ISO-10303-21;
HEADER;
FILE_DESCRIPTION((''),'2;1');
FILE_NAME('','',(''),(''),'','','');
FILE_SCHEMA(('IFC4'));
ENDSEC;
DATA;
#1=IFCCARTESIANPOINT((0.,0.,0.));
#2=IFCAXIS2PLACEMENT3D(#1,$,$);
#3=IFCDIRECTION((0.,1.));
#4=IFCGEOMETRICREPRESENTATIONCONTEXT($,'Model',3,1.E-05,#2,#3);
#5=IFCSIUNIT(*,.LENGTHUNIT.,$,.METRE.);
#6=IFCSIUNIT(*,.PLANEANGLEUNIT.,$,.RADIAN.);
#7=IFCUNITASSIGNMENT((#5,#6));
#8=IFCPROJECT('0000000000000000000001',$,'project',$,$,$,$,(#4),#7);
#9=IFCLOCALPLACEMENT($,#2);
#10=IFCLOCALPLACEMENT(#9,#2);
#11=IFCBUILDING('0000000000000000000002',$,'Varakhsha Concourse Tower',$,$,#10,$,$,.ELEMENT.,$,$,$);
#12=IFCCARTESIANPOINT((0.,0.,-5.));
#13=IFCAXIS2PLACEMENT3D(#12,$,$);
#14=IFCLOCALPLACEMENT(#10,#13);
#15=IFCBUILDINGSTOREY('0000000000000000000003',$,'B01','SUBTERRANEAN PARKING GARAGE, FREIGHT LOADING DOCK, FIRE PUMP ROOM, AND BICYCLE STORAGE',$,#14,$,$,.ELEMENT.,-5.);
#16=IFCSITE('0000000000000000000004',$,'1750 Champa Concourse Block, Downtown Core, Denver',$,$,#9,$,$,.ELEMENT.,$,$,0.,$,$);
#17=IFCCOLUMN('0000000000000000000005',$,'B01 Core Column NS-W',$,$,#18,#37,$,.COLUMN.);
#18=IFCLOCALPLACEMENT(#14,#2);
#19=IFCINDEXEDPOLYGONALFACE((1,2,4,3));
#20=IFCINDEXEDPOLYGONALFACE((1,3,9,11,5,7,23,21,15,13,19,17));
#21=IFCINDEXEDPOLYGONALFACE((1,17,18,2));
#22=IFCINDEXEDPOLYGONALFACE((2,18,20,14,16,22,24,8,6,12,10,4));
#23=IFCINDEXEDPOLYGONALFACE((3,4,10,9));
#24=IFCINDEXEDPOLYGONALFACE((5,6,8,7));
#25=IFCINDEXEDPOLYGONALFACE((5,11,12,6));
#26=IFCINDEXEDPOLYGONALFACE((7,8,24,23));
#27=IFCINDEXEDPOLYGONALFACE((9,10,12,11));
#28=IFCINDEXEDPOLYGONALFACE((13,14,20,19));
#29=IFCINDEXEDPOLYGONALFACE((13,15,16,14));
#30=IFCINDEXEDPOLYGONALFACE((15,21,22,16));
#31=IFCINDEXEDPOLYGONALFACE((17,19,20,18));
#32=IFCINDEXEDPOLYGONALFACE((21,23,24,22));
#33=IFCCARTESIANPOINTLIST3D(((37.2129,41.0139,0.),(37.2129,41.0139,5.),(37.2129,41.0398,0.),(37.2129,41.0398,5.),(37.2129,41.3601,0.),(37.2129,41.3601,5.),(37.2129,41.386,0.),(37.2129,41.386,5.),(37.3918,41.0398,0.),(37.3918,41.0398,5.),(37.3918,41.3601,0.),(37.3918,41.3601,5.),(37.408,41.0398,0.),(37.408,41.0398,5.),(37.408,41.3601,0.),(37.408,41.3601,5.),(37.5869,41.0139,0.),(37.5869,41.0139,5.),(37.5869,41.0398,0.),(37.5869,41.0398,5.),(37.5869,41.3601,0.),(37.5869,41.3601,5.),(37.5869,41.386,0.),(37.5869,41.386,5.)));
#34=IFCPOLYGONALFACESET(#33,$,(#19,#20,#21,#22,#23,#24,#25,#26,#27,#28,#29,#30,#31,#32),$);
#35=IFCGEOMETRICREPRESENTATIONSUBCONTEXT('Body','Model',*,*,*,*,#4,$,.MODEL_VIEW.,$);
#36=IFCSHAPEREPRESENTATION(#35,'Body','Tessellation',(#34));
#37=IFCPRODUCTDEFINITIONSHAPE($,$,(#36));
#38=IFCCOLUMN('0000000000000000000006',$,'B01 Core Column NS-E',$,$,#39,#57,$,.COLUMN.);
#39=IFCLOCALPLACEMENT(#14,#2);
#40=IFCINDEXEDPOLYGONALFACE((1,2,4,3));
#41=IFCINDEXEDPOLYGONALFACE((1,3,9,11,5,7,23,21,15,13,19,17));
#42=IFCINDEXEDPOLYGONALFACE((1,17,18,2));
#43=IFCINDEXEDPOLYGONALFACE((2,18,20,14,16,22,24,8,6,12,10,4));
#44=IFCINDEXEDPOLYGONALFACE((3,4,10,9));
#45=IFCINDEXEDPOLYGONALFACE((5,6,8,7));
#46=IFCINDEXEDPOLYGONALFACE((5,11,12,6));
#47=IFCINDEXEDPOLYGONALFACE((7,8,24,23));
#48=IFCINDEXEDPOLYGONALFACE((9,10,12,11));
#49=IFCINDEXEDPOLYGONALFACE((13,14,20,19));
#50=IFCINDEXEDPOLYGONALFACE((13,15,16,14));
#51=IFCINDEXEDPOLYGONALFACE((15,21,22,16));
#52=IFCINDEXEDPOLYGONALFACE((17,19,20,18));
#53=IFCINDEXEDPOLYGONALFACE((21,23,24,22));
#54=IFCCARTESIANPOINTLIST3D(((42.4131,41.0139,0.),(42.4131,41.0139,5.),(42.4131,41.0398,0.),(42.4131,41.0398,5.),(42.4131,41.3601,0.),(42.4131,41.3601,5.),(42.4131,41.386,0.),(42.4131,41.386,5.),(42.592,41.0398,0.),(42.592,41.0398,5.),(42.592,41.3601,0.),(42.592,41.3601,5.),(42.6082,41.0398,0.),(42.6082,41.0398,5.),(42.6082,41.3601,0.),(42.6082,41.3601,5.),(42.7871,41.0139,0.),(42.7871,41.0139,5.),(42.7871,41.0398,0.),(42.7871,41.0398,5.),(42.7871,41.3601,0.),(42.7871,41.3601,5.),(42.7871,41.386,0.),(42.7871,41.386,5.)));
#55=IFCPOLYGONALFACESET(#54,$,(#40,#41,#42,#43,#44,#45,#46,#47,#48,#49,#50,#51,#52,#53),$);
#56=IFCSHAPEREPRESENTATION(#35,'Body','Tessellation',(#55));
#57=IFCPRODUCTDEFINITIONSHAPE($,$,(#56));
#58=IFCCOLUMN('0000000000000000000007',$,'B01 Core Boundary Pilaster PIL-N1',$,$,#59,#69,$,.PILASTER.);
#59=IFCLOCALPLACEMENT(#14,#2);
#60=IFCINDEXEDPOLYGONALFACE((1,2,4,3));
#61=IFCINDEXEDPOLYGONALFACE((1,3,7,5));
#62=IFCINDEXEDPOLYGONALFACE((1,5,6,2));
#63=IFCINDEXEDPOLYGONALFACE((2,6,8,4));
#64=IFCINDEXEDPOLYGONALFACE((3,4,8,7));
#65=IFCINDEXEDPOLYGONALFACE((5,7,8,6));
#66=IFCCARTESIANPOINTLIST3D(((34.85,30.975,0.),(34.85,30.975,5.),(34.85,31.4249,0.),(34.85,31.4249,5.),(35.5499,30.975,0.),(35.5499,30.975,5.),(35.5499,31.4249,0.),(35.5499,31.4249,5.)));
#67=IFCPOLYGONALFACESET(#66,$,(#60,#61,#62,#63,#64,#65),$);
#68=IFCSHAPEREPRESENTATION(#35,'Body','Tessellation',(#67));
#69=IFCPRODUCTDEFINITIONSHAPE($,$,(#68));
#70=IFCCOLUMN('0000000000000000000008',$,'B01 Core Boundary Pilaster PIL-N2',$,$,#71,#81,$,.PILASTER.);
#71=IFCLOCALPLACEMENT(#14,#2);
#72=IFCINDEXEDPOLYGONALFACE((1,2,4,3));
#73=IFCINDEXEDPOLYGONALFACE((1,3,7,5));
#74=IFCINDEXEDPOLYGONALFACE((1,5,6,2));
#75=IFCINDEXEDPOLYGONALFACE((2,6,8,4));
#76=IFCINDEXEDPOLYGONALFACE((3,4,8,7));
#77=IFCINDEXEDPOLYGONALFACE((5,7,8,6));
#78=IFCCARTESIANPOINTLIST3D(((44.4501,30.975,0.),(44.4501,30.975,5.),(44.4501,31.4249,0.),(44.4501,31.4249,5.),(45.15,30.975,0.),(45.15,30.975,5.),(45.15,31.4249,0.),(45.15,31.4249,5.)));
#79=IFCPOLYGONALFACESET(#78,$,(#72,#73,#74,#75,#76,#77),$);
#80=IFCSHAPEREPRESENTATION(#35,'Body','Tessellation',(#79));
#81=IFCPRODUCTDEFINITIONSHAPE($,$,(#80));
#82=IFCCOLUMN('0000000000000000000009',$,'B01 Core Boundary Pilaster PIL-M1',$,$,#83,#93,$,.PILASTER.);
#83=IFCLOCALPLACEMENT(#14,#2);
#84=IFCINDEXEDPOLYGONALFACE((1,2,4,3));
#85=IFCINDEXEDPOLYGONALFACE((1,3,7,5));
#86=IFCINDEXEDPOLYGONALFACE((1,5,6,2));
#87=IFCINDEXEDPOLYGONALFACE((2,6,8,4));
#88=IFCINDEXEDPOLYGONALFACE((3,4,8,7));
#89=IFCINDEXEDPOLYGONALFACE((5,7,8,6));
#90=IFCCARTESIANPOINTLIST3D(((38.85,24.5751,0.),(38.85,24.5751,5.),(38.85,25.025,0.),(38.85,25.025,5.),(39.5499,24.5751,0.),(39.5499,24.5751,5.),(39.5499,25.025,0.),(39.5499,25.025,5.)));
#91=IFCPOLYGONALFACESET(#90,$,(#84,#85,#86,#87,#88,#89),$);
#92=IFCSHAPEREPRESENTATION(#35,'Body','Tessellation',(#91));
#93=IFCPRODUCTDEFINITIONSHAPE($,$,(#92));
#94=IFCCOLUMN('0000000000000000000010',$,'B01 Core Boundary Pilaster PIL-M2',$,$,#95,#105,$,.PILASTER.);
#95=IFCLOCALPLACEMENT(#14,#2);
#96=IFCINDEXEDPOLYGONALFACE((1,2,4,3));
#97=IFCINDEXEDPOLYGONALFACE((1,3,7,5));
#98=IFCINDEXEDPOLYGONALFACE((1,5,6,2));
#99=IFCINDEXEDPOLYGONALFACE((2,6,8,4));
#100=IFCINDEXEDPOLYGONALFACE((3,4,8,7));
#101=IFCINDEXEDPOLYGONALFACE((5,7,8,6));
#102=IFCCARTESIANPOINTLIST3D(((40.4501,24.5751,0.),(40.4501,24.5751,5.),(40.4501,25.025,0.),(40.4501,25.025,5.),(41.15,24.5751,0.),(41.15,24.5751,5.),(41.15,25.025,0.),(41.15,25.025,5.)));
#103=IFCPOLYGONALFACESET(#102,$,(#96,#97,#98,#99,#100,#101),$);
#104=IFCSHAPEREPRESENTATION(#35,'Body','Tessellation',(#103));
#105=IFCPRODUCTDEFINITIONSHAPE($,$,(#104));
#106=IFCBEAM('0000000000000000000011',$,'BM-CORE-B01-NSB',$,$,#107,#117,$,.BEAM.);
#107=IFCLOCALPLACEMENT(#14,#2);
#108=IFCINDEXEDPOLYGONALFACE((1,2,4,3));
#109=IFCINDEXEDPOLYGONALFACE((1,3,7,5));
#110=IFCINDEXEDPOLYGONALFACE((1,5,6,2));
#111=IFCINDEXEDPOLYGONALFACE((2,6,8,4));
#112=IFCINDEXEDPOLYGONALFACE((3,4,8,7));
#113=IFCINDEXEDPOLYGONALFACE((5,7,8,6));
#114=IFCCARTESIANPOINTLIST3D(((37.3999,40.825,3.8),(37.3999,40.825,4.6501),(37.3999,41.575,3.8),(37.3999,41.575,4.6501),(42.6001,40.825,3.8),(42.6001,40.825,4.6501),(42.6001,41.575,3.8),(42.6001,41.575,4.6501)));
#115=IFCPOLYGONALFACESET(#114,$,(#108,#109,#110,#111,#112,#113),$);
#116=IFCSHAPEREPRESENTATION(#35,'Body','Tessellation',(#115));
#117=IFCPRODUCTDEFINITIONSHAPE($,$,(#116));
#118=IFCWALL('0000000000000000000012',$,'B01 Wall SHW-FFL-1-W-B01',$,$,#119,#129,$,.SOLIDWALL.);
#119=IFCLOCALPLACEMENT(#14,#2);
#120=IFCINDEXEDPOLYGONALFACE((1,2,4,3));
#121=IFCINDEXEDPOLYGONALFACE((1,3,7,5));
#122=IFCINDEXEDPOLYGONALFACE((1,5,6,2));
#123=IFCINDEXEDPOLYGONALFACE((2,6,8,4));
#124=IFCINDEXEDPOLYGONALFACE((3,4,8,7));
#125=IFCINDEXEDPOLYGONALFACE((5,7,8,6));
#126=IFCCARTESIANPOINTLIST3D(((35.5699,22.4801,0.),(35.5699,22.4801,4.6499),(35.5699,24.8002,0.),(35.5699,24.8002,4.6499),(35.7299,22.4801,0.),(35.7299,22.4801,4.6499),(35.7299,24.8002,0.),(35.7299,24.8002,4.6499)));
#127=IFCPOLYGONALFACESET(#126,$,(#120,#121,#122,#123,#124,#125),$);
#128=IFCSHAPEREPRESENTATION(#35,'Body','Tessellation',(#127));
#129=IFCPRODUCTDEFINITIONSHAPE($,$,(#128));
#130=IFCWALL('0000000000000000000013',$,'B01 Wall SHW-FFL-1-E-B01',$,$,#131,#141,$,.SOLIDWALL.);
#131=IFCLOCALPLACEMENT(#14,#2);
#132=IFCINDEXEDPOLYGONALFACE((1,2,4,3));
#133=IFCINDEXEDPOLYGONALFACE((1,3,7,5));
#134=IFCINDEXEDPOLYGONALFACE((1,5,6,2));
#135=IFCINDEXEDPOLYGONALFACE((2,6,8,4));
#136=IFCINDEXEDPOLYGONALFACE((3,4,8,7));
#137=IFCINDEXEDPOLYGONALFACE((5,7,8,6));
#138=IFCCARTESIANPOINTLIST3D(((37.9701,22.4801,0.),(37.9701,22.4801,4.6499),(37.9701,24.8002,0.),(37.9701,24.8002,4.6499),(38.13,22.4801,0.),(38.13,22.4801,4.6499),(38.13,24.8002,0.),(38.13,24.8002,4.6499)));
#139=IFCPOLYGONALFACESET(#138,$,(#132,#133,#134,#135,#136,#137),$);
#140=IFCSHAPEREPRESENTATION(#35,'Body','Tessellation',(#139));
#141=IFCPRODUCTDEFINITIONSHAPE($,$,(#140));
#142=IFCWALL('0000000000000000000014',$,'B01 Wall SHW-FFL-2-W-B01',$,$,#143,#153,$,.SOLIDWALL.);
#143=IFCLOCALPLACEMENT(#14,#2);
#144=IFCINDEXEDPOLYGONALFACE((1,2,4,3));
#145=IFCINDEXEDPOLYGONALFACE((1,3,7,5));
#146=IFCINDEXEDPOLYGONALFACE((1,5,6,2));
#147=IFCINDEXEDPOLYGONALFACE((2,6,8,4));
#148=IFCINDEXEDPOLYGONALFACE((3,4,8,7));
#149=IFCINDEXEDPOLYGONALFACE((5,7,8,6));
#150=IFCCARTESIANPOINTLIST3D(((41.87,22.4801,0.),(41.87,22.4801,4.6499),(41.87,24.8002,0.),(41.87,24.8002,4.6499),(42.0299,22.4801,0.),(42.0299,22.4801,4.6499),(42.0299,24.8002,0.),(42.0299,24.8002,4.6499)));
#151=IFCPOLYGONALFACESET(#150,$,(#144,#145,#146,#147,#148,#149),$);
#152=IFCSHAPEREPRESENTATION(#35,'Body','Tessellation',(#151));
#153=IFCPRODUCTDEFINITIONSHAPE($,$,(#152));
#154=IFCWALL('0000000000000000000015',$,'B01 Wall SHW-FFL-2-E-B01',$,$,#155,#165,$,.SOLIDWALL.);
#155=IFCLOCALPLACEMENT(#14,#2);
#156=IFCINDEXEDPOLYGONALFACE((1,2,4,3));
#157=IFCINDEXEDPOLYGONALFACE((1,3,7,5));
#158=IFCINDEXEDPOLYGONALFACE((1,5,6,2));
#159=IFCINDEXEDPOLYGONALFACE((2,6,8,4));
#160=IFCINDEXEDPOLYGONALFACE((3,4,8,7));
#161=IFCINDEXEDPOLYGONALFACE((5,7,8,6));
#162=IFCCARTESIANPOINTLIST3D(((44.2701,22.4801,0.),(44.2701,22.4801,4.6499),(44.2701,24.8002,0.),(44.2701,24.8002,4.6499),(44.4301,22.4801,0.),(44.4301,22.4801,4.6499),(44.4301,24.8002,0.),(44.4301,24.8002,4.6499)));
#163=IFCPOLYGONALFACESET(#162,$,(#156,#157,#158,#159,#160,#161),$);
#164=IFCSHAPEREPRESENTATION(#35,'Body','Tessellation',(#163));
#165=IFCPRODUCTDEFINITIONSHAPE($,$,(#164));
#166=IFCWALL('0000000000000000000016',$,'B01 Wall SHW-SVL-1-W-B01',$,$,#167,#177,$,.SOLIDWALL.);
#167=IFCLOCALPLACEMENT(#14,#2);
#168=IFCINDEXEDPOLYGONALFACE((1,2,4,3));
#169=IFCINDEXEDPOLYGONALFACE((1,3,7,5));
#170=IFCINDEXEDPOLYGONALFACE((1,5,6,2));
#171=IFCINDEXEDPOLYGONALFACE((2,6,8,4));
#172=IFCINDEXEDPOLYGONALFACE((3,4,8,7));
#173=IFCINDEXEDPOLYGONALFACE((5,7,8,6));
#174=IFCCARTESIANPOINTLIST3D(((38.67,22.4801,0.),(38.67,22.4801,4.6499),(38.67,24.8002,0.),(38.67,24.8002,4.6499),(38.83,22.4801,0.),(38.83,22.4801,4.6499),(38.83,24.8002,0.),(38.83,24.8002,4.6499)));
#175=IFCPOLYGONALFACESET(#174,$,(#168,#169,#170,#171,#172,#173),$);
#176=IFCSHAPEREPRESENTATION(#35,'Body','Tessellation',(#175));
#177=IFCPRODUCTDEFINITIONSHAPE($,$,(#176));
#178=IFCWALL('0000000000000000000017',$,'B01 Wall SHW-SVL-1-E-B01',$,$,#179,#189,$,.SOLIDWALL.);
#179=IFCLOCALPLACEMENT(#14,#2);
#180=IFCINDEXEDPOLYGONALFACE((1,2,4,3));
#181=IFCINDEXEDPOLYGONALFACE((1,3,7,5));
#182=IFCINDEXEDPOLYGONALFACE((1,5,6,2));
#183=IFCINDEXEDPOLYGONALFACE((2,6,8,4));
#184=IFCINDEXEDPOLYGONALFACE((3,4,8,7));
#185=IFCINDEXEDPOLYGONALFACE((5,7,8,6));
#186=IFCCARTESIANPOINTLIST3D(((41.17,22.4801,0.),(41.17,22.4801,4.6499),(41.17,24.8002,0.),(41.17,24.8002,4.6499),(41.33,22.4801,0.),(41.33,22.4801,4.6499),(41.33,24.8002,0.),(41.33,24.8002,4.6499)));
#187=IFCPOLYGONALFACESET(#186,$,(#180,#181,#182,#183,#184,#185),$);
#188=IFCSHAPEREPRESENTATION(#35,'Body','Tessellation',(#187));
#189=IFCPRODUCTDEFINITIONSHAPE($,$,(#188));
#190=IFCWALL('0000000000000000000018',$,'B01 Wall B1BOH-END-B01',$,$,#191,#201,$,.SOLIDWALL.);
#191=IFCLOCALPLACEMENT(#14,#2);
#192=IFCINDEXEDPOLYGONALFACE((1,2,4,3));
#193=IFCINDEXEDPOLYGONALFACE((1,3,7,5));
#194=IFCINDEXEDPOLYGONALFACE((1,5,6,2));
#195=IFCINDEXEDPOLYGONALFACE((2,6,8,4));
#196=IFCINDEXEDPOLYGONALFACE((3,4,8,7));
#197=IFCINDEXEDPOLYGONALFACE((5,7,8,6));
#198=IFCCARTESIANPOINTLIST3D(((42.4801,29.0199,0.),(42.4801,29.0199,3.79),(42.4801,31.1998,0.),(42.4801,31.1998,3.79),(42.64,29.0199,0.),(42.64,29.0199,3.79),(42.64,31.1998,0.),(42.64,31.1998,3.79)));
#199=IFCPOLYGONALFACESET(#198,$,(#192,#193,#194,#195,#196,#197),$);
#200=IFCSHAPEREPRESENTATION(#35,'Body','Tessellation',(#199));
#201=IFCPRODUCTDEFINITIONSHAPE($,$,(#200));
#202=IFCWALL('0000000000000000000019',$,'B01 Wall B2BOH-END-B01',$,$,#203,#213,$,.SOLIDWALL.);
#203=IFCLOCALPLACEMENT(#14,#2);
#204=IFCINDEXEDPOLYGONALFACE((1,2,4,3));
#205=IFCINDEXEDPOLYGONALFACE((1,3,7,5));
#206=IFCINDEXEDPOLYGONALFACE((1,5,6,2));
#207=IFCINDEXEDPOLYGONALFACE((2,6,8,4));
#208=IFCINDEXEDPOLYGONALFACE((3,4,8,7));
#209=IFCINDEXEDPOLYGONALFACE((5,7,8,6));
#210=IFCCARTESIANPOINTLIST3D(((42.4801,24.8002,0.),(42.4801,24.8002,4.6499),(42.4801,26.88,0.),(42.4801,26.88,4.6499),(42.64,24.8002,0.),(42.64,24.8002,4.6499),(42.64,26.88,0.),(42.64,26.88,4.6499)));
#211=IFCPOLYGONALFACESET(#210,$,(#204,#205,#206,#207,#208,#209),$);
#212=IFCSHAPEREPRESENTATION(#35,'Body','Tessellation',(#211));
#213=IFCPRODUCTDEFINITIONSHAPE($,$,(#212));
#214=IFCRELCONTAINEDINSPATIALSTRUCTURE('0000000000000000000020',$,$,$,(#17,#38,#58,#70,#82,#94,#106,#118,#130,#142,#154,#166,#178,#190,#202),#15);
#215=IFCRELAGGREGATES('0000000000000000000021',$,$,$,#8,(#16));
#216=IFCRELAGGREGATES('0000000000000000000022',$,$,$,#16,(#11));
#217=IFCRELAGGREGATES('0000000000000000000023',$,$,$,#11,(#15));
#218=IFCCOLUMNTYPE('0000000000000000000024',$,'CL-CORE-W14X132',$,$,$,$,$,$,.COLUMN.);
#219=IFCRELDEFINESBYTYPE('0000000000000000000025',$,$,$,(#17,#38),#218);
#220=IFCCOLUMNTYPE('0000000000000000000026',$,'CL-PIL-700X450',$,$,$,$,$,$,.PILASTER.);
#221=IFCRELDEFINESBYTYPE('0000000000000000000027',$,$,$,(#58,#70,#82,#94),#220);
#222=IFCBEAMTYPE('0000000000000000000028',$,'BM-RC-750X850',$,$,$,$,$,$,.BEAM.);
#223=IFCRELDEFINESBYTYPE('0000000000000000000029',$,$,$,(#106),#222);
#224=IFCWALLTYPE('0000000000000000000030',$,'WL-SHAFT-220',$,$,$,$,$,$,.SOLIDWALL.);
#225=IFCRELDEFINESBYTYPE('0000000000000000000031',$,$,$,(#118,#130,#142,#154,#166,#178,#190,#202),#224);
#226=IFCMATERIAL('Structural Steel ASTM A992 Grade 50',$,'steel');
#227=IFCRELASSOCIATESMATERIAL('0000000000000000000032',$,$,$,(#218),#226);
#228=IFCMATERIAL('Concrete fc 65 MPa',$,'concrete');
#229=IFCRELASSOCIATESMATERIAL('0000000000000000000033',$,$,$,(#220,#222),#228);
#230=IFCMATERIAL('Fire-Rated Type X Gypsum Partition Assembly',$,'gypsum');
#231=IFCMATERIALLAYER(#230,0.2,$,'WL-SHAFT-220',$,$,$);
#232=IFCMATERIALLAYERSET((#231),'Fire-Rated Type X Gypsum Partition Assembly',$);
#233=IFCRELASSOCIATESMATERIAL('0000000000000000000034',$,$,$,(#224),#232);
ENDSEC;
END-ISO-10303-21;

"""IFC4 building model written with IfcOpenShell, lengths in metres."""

from ifc_helpers import new_model, si_unit, direction, frame, frame_2d, origin, origin_2d, place, context, subcontext, project, spatial, rectangle, i_section, extrude, material, layer, layer_set, material_profile, profile_set, type_object, element, save


model = new_model("IFC4")

# Units and contexts
model_context = context("Model", 3, precision=1e-05, world=origin(), true_north=direction((0.0, 1.0)))
body_context = subcontext(model_context, "Body", "Model", "MODEL_VIEW")
ifc_project = project(units=[si_unit("LENGTHUNIT", "METRE"), si_unit("PLANEANGLEUNIT", "RADIAN")], contexts=[model_context])

# Site, building, storey
site_placement = place(None, origin())
site = spatial("IfcSite", under=ifc_project, at=site_placement, Name="1750 Champa Concourse Block, Downtown Core, Denver", CompositionType="ELEMENT", RefElevation=0.0)
building_placement = place(site_placement, origin())
building = spatial("IfcBuilding", under=site, at=building_placement, Name="Varakhsha Concourse Tower", CompositionType="ELEMENT")
storey_placement = place(building_placement, frame((0.0, 0.0, -5.0)))
storey = spatial("IfcBuildingStorey", under=building, at=storey_placement, Name="B01", Description="SUBTERRANEAN PARKING GARAGE, FREIGHT LOADING DOCK, FIRE PUMP ROOM, AND BICYCLE STORAGE", CompositionType="ELEMENT", Elevation=-5.0)

# Columns
ifc_material_1 = material(Name="Structural Steel ASTM A992 Grade 50", Category="steel")
ifc_material_profile_1 = material_profile(ifc_material_1, i_section(OverallWidth=0.374, OverallDepth=0.3721, WebThickness=0.0161, FlangeThickness=0.0259, at=origin_2d()), Name="W14X132")
ifc_profile_set_1 = profile_set([ifc_material_profile_1], Name="Structural Steel ASTM A992 Grade 50")
column_type_1 = type_object("IfcColumnType", Name="CL-CORE-W14X132", PredefinedType="COLUMN", material=ifc_profile_set_1)
for number, where, z_axis, x_axis, name in (
    (1, (37.3999, 41.2, 0.0), (0.0, 0.0, 1.0), (1.0, 0.0, 0.0), "B01 Core Column NS-W"),
    (2, (42.6001, 41.2, 0.0), (0.0, 0.0, 1.0), (1.0, 0.0, 0.0), "B01 Core Column NS-E"),
):
    element("IfcColumn", number, at=place(storey_placement, frame(where, z_axis=z_axis, x_axis=x_axis)), inside=storey, type_object=column_type_1, Name=name, PredefinedType="COLUMN", context=body_context, shape_type="SweptSolid", body=[
        extrude(i_section(OverallWidth=0.374, OverallDepth=0.3721, WebThickness=0.0161, FlangeThickness=0.0259, at=origin_2d()), origin(), (0.0, 0.0, 1.0), 5.0),
    ])
ifc_material_2 = material(Name="Concrete fc 65 MPa", Category="concrete")
ifc_material_profile_2 = material_profile(ifc_material_2, rectangle(XDim=0.7, YDim=0.45, at=origin_2d()), Name="RC 700x450")
ifc_profile_set_2 = profile_set([ifc_material_profile_2], Name="Concrete fc 65 MPa")
column_type_2 = type_object("IfcColumnType", Name="CL-PIL-700X450", PredefinedType="PILASTER", material=ifc_profile_set_2)
for number, where, z_axis, x_axis, name in (
    (3, (35.2, 31.2, 0.0), (0.0, 0.0, 1.0), (1.0, 0.0, 0.0), "B01 Core Boundary Pilaster PIL-N1"),
    (4, (44.8, 31.2, 0.0), (0.0, 0.0, 1.0), (1.0, 0.0, 0.0), "B01 Core Boundary Pilaster PIL-N2"),
    (5, (39.2, 24.8, 0.0), (0.0, 0.0, 1.0), (1.0, 0.0, 0.0), "B01 Core Boundary Pilaster PIL-M1"),
    (6, (40.8, 24.8, 0.0), (0.0, 0.0, 1.0), (1.0, 0.0, 0.0), "B01 Core Boundary Pilaster PIL-M2"),
):
    element("IfcColumn", number, at=place(storey_placement, frame(where, z_axis=z_axis, x_axis=x_axis)), inside=storey, type_object=column_type_2, Name=name, PredefinedType="PILASTER", context=body_context, shape_type="SweptSolid", body=[
        extrude(rectangle(XDim=0.7, YDim=0.45, at=origin_2d()), origin(), (0.0, 0.0, 1.0), 5.0),
    ])

# Beam
ifc_material_profile_3 = material_profile(ifc_material_2, rectangle(XDim=0.75, YDim=0.8501, at=origin_2d()), Name="RC 750x850")
ifc_profile_set_3 = profile_set([ifc_material_profile_3], Name="Concrete fc 65 MPa")
beam_type = type_object("IfcBeamType", Name="BM-RC-750X850", PredefinedType="BEAM", material=ifc_profile_set_3)
beam_placement = place(storey_placement, frame((37.3999, 41.2, 4.2251), z_axis=(1.0, 0.0, 0.0), x_axis=(0.0, 1.0, 0.0)))
element("IfcBeam", 7, at=beam_placement, inside=storey, type_object=beam_type, Name="BM-CORE-B01-NSB", PredefinedType="BEAM", context=body_context, shape_type="SweptSolid", body=[
    extrude(rectangle(XDim=0.75, YDim=0.8501, at=origin_2d()), origin(), (0.0, 0.0, 1.0), 5.2002),
])

# Shared definitions
ifc_material_3 = material(Name="Fire-Rated Type X Gypsum Partition Assembly", Category="gypsum")
ifc_layer_1 = layer(ifc_material_3, 0.2, Name="WL-SHAFT-220")
ifc_layer_set_1 = layer_set([ifc_layer_1], Name="Fire-Rated Type X Gypsum Partition Assembly")
wall_type_1 = type_object("IfcWallType", Name="WL-SHAFT-220", PredefinedType="SOLIDWALL", material=ifc_layer_set_1)

# Walls
for number, where, z_axis, x_axis, name in (
    (8, (35.6499, 22.48, 0.0), (0.0, 0.0, 1.0), (0.0, 1.0, 0.0), "B01 Wall SHW-FFL-1-W-B01"),
    (9, (38.05, 22.48, 0.0), (0.0, 0.0, 1.0), (0.0, 1.0, 0.0), "B01 Wall SHW-FFL-1-E-B01"),
    (10, (41.95, 22.48, 0.0), (0.0, 0.0, 1.0), (0.0, 1.0, 0.0), "B01 Wall SHW-FFL-2-W-B01"),
    (11, (44.3501, 22.48, 0.0), (0.0, 0.0, 1.0), (0.0, 1.0, 0.0), "B01 Wall SHW-FFL-2-E-B01"),
    (12, (38.75, 22.48, 0.0), (0.0, 0.0, 1.0), (0.0, 1.0, 0.0), "B01 Wall SHW-SVL-1-W-B01"),
    (13, (41.25, 22.48, 0.0), (0.0, 0.0, 1.0), (0.0, 1.0, 0.0), "B01 Wall SHW-SVL-1-E-B01"),
):
    element("IfcWall", number, at=place(storey_placement, frame(where, z_axis=z_axis, x_axis=x_axis)), inside=storey, type_object=wall_type_1, Name=name, PredefinedType="SOLIDWALL", context=body_context, shape_type="SweptSolid", body=[
        extrude(rectangle(XDim=2.3201, YDim=0.1599, at=frame_2d((1.1602, 0.0))), origin(), (0.0, 0.0, 1.0), 4.6499),
    ])
wall_1_placement = place(storey_placement, frame((42.5601, 29.02, 0.0), z_axis=(0.0, 0.0, 1.0), x_axis=(0.0, 1.0, 0.0)))
element("IfcWall", 14, at=wall_1_placement, inside=storey, type_object=wall_type_1, Name="B01 Wall B1BOH-END-B01", PredefinedType="SOLIDWALL", context=body_context, shape_type="SweptSolid", body=[
    extrude(rectangle(XDim=2.1799, YDim=0.1599, at=frame_2d((1.0898, 0.0))), origin(), (0.0, 0.0, 1.0), 3.79),
])
wall_2_placement = place(storey_placement, frame((42.5601, 24.8, 0.0), z_axis=(0.0, 0.0, 1.0), x_axis=(0.0, 1.0, 0.0)))
element("IfcWall", 15, at=wall_2_placement, inside=storey, type_object=wall_type_1, Name="B01 Wall B2BOH-END-B01", PredefinedType="SOLIDWALL", context=body_context, shape_type="SweptSolid", body=[
    extrude(rectangle(XDim=2.0798, YDim=0.1599, at=frame_2d((1.04, 0.0))), origin(), (0.0, 0.0, 1.0), 4.6499),
])

save(model, "model.ifc")
